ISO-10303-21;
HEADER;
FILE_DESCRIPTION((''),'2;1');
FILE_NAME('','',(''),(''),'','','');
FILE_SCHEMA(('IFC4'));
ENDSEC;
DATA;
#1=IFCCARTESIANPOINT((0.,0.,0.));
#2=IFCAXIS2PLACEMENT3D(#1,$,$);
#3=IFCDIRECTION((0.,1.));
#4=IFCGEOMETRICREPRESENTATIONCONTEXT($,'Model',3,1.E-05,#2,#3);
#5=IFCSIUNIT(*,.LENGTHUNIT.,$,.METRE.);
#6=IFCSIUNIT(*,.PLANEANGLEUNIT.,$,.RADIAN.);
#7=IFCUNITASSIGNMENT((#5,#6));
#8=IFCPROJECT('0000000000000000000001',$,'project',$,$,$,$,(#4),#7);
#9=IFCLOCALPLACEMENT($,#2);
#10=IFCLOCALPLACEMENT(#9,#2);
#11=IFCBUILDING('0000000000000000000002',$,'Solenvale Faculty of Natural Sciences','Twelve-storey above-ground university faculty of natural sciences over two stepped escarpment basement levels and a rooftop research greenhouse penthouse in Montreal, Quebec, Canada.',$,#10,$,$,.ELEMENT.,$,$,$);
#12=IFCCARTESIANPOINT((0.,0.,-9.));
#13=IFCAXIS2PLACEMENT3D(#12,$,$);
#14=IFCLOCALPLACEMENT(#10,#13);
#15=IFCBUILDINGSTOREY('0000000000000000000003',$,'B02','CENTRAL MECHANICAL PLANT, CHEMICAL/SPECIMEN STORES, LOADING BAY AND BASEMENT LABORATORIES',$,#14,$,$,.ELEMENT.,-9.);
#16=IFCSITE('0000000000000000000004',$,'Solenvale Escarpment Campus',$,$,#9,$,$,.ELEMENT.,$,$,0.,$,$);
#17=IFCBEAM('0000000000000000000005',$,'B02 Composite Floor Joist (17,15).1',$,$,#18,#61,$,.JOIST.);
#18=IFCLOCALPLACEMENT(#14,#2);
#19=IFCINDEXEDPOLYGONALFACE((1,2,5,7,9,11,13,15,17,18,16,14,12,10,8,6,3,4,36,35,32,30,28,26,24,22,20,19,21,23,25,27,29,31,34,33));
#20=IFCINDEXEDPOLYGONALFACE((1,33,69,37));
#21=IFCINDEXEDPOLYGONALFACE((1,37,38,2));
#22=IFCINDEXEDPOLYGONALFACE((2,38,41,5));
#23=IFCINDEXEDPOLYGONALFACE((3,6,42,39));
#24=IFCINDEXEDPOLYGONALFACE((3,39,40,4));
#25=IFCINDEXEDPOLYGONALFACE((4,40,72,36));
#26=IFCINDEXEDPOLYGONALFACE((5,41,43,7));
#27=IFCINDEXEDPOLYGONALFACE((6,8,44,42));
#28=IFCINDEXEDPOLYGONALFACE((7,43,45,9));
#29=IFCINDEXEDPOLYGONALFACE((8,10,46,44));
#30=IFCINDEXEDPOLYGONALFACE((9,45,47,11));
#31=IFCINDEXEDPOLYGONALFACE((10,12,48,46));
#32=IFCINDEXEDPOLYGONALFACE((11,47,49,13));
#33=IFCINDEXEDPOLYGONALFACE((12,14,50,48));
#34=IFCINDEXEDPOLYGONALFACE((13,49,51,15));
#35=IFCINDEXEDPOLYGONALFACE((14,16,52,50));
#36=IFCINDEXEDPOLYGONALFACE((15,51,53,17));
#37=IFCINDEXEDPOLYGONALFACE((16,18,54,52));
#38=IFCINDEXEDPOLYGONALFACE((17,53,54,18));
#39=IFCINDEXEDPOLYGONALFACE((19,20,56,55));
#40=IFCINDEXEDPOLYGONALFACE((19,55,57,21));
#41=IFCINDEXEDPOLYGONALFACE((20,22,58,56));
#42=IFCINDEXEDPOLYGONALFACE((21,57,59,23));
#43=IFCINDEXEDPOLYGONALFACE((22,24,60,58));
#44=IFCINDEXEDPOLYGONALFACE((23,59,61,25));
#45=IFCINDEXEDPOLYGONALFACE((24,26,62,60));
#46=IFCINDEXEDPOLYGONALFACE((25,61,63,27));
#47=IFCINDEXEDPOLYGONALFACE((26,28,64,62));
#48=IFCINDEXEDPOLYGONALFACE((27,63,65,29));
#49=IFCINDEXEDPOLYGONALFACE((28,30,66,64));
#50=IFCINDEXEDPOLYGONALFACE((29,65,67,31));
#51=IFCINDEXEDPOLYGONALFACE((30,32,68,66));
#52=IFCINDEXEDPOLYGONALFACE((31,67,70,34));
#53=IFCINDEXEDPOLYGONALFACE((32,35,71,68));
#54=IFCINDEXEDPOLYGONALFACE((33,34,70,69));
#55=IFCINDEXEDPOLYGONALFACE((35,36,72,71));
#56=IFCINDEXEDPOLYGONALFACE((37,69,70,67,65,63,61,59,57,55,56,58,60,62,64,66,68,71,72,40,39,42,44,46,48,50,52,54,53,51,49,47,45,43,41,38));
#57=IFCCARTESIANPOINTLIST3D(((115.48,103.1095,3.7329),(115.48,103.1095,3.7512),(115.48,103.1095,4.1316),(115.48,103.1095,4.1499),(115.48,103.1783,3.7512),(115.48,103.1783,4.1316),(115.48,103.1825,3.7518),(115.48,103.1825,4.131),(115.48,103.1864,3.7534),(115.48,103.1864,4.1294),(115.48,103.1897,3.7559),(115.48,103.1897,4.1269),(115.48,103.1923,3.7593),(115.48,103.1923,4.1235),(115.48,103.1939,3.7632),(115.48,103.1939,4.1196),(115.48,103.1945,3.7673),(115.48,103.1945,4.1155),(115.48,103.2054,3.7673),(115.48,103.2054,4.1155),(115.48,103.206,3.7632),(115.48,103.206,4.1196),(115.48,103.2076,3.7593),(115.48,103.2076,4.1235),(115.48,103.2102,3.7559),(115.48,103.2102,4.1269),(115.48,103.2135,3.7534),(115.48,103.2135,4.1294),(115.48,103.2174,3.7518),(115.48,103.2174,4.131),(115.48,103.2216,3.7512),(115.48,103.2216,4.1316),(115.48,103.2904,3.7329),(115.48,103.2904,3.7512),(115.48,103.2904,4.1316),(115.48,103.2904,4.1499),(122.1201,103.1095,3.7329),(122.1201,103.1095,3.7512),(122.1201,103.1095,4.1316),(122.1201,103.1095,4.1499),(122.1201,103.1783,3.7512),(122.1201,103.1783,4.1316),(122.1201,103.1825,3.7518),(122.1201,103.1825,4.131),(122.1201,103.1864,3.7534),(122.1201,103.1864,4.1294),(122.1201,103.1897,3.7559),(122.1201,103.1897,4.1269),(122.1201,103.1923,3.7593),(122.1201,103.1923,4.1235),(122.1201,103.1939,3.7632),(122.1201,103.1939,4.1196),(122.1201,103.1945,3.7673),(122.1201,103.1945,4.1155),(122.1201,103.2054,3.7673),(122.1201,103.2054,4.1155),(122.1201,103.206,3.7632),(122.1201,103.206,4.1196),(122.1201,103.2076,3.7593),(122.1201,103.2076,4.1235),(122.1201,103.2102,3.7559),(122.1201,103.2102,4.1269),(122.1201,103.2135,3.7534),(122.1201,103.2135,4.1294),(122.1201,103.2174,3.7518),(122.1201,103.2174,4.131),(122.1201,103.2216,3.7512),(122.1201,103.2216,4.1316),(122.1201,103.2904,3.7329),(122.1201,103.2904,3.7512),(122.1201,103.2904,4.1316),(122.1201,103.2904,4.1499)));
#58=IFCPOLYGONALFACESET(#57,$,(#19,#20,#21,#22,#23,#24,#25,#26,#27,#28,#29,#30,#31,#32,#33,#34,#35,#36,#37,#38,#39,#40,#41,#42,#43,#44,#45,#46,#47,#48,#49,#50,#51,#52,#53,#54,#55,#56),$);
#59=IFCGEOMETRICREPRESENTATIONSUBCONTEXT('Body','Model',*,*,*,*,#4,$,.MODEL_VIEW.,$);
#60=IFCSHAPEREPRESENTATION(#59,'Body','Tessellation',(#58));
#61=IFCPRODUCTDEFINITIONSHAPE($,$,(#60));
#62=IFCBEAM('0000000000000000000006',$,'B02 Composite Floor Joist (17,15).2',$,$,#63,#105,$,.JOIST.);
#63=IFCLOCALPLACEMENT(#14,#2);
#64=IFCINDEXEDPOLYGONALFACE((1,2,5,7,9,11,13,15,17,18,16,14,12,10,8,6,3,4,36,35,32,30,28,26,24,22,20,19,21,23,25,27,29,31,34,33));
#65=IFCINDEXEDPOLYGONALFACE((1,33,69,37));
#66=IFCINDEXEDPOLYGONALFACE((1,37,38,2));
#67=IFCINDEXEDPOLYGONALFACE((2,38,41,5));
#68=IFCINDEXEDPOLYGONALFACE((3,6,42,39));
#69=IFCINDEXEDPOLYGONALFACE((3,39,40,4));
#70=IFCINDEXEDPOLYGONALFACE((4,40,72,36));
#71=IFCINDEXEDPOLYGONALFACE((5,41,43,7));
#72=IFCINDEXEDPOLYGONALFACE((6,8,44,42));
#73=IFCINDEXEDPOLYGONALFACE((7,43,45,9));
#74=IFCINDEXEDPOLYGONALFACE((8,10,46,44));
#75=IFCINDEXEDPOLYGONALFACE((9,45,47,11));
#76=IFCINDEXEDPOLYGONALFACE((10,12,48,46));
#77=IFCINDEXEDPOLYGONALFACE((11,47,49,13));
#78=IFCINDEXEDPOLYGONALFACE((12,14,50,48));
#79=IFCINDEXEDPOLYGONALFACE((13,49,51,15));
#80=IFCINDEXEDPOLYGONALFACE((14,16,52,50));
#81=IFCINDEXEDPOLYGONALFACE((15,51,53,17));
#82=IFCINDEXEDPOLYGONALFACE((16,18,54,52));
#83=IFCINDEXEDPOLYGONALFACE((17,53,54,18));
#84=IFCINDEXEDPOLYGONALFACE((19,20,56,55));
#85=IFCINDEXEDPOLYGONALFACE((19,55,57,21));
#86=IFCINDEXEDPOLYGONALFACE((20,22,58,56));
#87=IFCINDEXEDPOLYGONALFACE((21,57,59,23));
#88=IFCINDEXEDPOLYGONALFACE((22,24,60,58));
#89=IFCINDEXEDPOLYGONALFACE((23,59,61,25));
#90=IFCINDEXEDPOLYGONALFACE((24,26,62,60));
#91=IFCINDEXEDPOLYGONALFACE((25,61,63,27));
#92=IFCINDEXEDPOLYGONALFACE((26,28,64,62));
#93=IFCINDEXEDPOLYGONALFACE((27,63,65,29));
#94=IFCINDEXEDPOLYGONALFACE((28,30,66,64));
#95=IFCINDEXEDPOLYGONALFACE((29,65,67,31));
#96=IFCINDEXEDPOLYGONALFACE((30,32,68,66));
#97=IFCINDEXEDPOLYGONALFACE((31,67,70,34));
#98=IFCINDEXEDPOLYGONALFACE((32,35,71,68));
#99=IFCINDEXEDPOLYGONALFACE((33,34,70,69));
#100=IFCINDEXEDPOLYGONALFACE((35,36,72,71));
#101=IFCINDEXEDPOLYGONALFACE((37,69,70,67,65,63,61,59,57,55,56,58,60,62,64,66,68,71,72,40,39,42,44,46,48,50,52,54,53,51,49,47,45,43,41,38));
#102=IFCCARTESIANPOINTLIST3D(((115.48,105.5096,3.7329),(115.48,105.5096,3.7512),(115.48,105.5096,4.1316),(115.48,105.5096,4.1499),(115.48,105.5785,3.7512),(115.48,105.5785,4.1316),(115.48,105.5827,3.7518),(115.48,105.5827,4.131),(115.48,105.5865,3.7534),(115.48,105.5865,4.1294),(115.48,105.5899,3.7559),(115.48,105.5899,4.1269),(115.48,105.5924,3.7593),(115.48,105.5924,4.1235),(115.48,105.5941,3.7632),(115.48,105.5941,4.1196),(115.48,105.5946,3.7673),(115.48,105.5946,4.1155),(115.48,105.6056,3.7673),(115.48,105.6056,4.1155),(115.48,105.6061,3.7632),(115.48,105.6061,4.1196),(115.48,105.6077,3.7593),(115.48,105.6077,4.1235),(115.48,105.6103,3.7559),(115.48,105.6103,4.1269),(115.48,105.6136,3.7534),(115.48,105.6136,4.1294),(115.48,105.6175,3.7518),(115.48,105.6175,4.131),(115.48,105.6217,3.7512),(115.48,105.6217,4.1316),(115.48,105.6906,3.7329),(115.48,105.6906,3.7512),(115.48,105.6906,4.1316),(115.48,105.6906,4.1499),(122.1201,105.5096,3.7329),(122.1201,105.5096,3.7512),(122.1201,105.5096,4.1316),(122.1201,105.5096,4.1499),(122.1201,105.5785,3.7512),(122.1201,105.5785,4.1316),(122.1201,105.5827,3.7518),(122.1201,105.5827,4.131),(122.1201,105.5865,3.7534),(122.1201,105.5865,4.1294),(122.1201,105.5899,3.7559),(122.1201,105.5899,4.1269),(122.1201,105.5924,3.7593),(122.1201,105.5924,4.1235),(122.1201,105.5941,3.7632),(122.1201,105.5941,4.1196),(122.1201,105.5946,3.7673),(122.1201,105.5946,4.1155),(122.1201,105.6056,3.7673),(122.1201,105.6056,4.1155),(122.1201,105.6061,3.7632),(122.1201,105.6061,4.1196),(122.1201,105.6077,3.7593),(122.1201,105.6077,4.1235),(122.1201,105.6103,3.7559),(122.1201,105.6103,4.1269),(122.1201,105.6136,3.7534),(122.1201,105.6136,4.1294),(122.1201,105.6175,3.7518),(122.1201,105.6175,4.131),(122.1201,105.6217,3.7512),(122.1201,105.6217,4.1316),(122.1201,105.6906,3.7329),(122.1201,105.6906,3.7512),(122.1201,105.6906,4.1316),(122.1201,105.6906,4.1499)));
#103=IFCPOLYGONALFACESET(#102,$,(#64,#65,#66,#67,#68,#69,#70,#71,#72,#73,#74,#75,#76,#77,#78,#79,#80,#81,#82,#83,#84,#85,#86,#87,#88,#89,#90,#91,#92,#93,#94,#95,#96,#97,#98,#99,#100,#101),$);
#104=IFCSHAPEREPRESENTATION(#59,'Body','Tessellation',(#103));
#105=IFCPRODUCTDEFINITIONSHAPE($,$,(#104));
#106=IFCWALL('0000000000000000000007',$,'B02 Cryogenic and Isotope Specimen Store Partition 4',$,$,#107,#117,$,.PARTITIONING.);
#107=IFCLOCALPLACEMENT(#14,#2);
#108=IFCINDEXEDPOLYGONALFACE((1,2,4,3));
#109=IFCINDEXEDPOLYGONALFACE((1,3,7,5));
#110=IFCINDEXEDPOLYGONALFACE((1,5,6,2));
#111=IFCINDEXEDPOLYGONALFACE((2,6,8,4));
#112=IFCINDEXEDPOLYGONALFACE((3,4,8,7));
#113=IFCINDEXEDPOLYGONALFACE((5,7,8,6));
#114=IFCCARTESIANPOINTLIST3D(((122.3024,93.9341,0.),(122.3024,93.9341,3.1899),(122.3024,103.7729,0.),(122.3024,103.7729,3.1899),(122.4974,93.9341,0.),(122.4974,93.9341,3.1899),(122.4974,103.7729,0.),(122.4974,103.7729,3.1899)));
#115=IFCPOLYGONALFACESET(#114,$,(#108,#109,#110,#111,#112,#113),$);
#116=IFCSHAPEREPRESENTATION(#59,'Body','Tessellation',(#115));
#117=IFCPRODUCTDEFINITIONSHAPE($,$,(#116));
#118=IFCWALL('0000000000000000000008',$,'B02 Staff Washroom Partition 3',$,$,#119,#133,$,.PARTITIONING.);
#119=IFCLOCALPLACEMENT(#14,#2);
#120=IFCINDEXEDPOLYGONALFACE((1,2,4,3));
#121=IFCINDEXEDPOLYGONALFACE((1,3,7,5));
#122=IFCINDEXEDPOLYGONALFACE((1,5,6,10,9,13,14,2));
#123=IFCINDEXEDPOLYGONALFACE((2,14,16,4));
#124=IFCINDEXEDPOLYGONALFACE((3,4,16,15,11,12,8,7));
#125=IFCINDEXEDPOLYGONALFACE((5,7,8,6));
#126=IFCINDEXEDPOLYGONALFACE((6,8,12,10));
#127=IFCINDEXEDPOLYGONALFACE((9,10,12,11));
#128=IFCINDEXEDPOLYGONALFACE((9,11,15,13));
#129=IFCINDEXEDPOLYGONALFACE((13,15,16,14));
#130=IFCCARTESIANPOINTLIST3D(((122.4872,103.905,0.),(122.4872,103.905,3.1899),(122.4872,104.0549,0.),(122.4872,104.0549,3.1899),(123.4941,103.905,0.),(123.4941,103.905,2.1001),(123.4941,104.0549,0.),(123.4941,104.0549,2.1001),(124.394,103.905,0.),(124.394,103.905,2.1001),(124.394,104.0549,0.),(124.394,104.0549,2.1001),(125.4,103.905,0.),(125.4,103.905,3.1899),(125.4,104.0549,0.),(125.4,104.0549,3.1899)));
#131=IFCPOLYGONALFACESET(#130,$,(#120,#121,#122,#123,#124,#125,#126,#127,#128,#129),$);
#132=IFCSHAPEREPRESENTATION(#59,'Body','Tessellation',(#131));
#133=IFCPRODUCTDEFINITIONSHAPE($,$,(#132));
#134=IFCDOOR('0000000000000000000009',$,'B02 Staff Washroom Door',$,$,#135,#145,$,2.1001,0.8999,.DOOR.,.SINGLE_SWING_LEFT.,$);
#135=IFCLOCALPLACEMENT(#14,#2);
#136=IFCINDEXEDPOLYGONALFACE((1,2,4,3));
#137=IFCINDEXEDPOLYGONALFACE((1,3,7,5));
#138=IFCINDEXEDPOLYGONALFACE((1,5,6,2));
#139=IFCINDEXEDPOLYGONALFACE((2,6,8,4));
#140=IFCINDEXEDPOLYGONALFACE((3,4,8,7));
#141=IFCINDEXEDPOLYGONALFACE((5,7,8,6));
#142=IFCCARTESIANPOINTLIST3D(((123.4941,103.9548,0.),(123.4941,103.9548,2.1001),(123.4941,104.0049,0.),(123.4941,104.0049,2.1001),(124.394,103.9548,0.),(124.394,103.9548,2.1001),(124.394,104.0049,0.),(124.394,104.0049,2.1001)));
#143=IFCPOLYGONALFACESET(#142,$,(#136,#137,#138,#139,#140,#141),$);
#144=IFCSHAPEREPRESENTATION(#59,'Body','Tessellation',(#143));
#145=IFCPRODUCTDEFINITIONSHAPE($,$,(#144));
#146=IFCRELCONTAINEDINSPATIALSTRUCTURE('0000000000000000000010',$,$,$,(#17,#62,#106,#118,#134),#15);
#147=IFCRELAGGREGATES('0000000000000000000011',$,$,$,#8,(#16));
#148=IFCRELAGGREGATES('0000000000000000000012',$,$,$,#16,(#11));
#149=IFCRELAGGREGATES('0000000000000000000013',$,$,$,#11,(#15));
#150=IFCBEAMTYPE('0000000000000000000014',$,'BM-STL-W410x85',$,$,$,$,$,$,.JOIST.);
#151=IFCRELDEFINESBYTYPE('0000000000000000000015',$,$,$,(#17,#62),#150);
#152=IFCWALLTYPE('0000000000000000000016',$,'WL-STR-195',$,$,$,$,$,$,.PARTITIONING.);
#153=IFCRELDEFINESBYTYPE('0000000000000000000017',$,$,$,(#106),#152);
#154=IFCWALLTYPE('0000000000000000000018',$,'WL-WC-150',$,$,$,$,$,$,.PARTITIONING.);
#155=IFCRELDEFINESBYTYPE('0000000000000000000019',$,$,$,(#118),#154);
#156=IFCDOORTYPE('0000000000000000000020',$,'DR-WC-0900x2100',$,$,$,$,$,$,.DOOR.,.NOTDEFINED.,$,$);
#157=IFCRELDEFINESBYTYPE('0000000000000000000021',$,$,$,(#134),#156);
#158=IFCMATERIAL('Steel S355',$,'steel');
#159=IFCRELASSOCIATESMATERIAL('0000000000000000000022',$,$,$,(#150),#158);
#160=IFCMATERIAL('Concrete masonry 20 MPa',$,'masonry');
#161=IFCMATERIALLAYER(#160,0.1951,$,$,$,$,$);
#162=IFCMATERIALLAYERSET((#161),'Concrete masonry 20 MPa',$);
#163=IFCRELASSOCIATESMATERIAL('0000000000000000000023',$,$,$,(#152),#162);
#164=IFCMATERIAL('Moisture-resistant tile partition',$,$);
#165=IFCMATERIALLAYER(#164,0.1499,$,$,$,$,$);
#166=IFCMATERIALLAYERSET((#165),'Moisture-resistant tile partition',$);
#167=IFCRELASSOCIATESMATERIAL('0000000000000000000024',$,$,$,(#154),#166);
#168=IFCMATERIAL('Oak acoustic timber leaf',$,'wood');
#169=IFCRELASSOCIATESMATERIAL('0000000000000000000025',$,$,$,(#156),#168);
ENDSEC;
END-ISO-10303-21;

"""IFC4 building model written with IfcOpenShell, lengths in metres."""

from ifc_helpers import new_model, si_unit, direction, frame, frame_2d, origin, origin_2d, place, context, subcontext, project, spatial, rectangle, i_section, extrude, material, layer, layer_set, material_profile, profile_set, type_object, element, fill, save


model = new_model("IFC4")

# Units and contexts
model_context = context("Model", 3, precision=1e-05, world=origin(), true_north=direction((0.0, 1.0)))
body_context = subcontext(model_context, "Body", "Model", "MODEL_VIEW")
ifc_project = project(units=[si_unit("LENGTHUNIT", "METRE"), si_unit("PLANEANGLEUNIT", "RADIAN")], contexts=[model_context])

# Site, building, storey
site_placement = place(None, origin())
site = spatial("IfcSite", under=ifc_project, at=site_placement, Name="Solenvale Escarpment Campus", CompositionType="ELEMENT", RefElevation=0.0)
building_placement = place(site_placement, origin())
building = spatial("IfcBuilding", under=site, at=building_placement, Name="Solenvale Faculty of Natural Sciences", Description="Twelve-storey above-ground university faculty of natural sciences over two stepped escarpment basement levels and a rooftop research greenhouse penthouse in Montreal, Quebec, Canada.", CompositionType="ELEMENT")
storey_placement = place(building_placement, frame((0.0, 0.0, -9.0)))
storey = spatial("IfcBuildingStorey", under=building, at=storey_placement, Name="B02", Description="CENTRAL MECHANICAL PLANT, CHEMICAL/SPECIMEN STORES, LOADING BAY AND BASEMENT LABORATORIES", CompositionType="ELEMENT", Elevation=-9.0)

# Beams
ifc_material_1 = material(Name="Steel S355", Category="steel")
ifc_material_profile_1 = material_profile(ifc_material_1, i_section(OverallWidth=0.1809, OverallDepth=0.417, WebThickness=0.011, FlangeThickness=0.0183, FilletRadius=0.0161, at=origin_2d()), Name="W410x85")
ifc_profile_set_1 = profile_set([ifc_material_profile_1], Name="Steel S355")
beam_type_1 = type_object("IfcBeamType", Name="BM-STL-W410x85", PredefinedType="JOIST", material=ifc_profile_set_1)
for number, where, z_axis, x_axis, name in (
    (1, (115.48, 103.2, 3.9414), (1.0, 0.0, 0.0), (0.0, 1.0, 0.0), "B02 Composite Floor Joist (17,15).1"),
    (2, (115.48, 105.6001, 3.9414), (1.0, 0.0, 0.0), (0.0, 1.0, 0.0), "B02 Composite Floor Joist (17,15).2"),
):
    element("IfcBeam", number, at=place(storey_placement, frame(where, z_axis=z_axis, x_axis=x_axis)), inside=storey, type_object=beam_type_1, Name=name, PredefinedType="JOIST", context=body_context, shape_type="SweptSolid", body=[
        extrude(i_section(OverallWidth=0.1809, OverallDepth=0.417, WebThickness=0.011, FlangeThickness=0.0183, FilletRadius=0.0161, at=origin_2d()), origin(), (0.0, 0.0, 1.0), 6.6401),
    ])

# Shared definitions
ifc_material_2 = material(Name="Concrete masonry 20 MPa", Category="masonry")
ifc_layer_1 = layer(ifc_material_2, 0.1951)
ifc_layer_set_1 = layer_set([ifc_layer_1], Name="Concrete masonry 20 MPa")
wall_type_1 = type_object("IfcWallType", Name="WL-STR-195", PredefinedType="PARTITIONING", material=ifc_layer_set_1)

# Wall
wall_1_placement = place(storey_placement, frame((122.3999, 103.7729, 0.0), z_axis=(0.0, 0.0, 1.0), x_axis=(0.0, -1.0, 0.0)))
element("IfcWall", 3, at=wall_1_placement, inside=storey, type_object=wall_type_1, Name="B02 Cryogenic and Isotope Specimen Store Partition 4", PredefinedType="PARTITIONING", context=body_context, shape_type="SweptSolid", body=[
    extrude(rectangle(XDim=9.8389, YDim=0.1951, at=frame_2d((4.9194, 0.0))), origin(), (0.0, 0.0, 1.0), 3.1899),
])

# Wall, opening, door
ifc_material_3 = material(Name="Moisture-resistant tile partition")
ifc_layer_2 = layer(ifc_material_3, 0.1499)
ifc_layer_set_2 = layer_set([ifc_layer_2], Name="Moisture-resistant tile partition")
wall_type_2 = type_object("IfcWallType", Name="WL-WC-150", PredefinedType="PARTITIONING", material=ifc_layer_set_2)
wall_2_placement = place(storey_placement, frame((122.4871, 103.98, 0.0), z_axis=(0.0, 0.0, 1.0), x_axis=(1.0, 0.0, 0.0)))
wall_2 = element("IfcWall", 4, at=wall_2_placement, inside=storey, type_object=wall_type_2, Name="B02 Staff Washroom Partition 3", PredefinedType="PARTITIONING", context=body_context, shape_type="SweptSolid", body=[
    extrude(rectangle(XDim=2.9128, YDim=0.1499, at=frame_2d((1.4565, 0.0))), origin(), (0.0, 0.0, 1.0), 3.1899),
])
opening_1_placement = place(wall_2_placement, frame((1.0071, 0.0, 0.0)))
opening_1 = element("IfcOpeningElement", 5, at=opening_1_placement, cuts=wall_2, PredefinedType="OPENING", context=body_context, shape_type="SweptSolid", body=[
    extrude(rectangle(XDim=0.8999, YDim=2.1001, at=frame_2d((0.45, 1.05))), frame((0.0, 0.085, 0.0), z_axis=(0.0, -1.0, 0.0), x_axis=(1.0, 0.0, 0.0)), (0.0, 0.0, 1.0), 0.1699),
])
ifc_material_4 = material(Name="Oak acoustic timber leaf", Category="wood")
door_type_1 = type_object("IfcDoorType", Name="DR-WC-0900x2100", OperationType="NOTDEFINED", PredefinedType="DOOR", material=ifc_material_4)
door_1_placement = place(opening_1_placement, origin())
door_1 = element("IfcDoor", 6, at=door_1_placement, inside=storey, type_object=door_type_1, Name="B02 Staff Washroom Door", OperationType="SINGLE_SWING_LEFT", OverallHeight=2.1001, OverallWidth=0.8999, PredefinedType="DOOR", context=body_context, shape_type="SweptSolid", body=[
    extrude(rectangle(XDim=0.8999, YDim=2.1001, at=frame_2d((0.45, 1.05))), frame((0.0, 0.0249, 0.0), z_axis=(0.0, -1.0, 0.0), x_axis=(1.0, 0.0, 0.0)), (0.0, 0.0, 1.0), 0.05),
])
fill(opening_1, door_1)

save(model, "model.ifc")
